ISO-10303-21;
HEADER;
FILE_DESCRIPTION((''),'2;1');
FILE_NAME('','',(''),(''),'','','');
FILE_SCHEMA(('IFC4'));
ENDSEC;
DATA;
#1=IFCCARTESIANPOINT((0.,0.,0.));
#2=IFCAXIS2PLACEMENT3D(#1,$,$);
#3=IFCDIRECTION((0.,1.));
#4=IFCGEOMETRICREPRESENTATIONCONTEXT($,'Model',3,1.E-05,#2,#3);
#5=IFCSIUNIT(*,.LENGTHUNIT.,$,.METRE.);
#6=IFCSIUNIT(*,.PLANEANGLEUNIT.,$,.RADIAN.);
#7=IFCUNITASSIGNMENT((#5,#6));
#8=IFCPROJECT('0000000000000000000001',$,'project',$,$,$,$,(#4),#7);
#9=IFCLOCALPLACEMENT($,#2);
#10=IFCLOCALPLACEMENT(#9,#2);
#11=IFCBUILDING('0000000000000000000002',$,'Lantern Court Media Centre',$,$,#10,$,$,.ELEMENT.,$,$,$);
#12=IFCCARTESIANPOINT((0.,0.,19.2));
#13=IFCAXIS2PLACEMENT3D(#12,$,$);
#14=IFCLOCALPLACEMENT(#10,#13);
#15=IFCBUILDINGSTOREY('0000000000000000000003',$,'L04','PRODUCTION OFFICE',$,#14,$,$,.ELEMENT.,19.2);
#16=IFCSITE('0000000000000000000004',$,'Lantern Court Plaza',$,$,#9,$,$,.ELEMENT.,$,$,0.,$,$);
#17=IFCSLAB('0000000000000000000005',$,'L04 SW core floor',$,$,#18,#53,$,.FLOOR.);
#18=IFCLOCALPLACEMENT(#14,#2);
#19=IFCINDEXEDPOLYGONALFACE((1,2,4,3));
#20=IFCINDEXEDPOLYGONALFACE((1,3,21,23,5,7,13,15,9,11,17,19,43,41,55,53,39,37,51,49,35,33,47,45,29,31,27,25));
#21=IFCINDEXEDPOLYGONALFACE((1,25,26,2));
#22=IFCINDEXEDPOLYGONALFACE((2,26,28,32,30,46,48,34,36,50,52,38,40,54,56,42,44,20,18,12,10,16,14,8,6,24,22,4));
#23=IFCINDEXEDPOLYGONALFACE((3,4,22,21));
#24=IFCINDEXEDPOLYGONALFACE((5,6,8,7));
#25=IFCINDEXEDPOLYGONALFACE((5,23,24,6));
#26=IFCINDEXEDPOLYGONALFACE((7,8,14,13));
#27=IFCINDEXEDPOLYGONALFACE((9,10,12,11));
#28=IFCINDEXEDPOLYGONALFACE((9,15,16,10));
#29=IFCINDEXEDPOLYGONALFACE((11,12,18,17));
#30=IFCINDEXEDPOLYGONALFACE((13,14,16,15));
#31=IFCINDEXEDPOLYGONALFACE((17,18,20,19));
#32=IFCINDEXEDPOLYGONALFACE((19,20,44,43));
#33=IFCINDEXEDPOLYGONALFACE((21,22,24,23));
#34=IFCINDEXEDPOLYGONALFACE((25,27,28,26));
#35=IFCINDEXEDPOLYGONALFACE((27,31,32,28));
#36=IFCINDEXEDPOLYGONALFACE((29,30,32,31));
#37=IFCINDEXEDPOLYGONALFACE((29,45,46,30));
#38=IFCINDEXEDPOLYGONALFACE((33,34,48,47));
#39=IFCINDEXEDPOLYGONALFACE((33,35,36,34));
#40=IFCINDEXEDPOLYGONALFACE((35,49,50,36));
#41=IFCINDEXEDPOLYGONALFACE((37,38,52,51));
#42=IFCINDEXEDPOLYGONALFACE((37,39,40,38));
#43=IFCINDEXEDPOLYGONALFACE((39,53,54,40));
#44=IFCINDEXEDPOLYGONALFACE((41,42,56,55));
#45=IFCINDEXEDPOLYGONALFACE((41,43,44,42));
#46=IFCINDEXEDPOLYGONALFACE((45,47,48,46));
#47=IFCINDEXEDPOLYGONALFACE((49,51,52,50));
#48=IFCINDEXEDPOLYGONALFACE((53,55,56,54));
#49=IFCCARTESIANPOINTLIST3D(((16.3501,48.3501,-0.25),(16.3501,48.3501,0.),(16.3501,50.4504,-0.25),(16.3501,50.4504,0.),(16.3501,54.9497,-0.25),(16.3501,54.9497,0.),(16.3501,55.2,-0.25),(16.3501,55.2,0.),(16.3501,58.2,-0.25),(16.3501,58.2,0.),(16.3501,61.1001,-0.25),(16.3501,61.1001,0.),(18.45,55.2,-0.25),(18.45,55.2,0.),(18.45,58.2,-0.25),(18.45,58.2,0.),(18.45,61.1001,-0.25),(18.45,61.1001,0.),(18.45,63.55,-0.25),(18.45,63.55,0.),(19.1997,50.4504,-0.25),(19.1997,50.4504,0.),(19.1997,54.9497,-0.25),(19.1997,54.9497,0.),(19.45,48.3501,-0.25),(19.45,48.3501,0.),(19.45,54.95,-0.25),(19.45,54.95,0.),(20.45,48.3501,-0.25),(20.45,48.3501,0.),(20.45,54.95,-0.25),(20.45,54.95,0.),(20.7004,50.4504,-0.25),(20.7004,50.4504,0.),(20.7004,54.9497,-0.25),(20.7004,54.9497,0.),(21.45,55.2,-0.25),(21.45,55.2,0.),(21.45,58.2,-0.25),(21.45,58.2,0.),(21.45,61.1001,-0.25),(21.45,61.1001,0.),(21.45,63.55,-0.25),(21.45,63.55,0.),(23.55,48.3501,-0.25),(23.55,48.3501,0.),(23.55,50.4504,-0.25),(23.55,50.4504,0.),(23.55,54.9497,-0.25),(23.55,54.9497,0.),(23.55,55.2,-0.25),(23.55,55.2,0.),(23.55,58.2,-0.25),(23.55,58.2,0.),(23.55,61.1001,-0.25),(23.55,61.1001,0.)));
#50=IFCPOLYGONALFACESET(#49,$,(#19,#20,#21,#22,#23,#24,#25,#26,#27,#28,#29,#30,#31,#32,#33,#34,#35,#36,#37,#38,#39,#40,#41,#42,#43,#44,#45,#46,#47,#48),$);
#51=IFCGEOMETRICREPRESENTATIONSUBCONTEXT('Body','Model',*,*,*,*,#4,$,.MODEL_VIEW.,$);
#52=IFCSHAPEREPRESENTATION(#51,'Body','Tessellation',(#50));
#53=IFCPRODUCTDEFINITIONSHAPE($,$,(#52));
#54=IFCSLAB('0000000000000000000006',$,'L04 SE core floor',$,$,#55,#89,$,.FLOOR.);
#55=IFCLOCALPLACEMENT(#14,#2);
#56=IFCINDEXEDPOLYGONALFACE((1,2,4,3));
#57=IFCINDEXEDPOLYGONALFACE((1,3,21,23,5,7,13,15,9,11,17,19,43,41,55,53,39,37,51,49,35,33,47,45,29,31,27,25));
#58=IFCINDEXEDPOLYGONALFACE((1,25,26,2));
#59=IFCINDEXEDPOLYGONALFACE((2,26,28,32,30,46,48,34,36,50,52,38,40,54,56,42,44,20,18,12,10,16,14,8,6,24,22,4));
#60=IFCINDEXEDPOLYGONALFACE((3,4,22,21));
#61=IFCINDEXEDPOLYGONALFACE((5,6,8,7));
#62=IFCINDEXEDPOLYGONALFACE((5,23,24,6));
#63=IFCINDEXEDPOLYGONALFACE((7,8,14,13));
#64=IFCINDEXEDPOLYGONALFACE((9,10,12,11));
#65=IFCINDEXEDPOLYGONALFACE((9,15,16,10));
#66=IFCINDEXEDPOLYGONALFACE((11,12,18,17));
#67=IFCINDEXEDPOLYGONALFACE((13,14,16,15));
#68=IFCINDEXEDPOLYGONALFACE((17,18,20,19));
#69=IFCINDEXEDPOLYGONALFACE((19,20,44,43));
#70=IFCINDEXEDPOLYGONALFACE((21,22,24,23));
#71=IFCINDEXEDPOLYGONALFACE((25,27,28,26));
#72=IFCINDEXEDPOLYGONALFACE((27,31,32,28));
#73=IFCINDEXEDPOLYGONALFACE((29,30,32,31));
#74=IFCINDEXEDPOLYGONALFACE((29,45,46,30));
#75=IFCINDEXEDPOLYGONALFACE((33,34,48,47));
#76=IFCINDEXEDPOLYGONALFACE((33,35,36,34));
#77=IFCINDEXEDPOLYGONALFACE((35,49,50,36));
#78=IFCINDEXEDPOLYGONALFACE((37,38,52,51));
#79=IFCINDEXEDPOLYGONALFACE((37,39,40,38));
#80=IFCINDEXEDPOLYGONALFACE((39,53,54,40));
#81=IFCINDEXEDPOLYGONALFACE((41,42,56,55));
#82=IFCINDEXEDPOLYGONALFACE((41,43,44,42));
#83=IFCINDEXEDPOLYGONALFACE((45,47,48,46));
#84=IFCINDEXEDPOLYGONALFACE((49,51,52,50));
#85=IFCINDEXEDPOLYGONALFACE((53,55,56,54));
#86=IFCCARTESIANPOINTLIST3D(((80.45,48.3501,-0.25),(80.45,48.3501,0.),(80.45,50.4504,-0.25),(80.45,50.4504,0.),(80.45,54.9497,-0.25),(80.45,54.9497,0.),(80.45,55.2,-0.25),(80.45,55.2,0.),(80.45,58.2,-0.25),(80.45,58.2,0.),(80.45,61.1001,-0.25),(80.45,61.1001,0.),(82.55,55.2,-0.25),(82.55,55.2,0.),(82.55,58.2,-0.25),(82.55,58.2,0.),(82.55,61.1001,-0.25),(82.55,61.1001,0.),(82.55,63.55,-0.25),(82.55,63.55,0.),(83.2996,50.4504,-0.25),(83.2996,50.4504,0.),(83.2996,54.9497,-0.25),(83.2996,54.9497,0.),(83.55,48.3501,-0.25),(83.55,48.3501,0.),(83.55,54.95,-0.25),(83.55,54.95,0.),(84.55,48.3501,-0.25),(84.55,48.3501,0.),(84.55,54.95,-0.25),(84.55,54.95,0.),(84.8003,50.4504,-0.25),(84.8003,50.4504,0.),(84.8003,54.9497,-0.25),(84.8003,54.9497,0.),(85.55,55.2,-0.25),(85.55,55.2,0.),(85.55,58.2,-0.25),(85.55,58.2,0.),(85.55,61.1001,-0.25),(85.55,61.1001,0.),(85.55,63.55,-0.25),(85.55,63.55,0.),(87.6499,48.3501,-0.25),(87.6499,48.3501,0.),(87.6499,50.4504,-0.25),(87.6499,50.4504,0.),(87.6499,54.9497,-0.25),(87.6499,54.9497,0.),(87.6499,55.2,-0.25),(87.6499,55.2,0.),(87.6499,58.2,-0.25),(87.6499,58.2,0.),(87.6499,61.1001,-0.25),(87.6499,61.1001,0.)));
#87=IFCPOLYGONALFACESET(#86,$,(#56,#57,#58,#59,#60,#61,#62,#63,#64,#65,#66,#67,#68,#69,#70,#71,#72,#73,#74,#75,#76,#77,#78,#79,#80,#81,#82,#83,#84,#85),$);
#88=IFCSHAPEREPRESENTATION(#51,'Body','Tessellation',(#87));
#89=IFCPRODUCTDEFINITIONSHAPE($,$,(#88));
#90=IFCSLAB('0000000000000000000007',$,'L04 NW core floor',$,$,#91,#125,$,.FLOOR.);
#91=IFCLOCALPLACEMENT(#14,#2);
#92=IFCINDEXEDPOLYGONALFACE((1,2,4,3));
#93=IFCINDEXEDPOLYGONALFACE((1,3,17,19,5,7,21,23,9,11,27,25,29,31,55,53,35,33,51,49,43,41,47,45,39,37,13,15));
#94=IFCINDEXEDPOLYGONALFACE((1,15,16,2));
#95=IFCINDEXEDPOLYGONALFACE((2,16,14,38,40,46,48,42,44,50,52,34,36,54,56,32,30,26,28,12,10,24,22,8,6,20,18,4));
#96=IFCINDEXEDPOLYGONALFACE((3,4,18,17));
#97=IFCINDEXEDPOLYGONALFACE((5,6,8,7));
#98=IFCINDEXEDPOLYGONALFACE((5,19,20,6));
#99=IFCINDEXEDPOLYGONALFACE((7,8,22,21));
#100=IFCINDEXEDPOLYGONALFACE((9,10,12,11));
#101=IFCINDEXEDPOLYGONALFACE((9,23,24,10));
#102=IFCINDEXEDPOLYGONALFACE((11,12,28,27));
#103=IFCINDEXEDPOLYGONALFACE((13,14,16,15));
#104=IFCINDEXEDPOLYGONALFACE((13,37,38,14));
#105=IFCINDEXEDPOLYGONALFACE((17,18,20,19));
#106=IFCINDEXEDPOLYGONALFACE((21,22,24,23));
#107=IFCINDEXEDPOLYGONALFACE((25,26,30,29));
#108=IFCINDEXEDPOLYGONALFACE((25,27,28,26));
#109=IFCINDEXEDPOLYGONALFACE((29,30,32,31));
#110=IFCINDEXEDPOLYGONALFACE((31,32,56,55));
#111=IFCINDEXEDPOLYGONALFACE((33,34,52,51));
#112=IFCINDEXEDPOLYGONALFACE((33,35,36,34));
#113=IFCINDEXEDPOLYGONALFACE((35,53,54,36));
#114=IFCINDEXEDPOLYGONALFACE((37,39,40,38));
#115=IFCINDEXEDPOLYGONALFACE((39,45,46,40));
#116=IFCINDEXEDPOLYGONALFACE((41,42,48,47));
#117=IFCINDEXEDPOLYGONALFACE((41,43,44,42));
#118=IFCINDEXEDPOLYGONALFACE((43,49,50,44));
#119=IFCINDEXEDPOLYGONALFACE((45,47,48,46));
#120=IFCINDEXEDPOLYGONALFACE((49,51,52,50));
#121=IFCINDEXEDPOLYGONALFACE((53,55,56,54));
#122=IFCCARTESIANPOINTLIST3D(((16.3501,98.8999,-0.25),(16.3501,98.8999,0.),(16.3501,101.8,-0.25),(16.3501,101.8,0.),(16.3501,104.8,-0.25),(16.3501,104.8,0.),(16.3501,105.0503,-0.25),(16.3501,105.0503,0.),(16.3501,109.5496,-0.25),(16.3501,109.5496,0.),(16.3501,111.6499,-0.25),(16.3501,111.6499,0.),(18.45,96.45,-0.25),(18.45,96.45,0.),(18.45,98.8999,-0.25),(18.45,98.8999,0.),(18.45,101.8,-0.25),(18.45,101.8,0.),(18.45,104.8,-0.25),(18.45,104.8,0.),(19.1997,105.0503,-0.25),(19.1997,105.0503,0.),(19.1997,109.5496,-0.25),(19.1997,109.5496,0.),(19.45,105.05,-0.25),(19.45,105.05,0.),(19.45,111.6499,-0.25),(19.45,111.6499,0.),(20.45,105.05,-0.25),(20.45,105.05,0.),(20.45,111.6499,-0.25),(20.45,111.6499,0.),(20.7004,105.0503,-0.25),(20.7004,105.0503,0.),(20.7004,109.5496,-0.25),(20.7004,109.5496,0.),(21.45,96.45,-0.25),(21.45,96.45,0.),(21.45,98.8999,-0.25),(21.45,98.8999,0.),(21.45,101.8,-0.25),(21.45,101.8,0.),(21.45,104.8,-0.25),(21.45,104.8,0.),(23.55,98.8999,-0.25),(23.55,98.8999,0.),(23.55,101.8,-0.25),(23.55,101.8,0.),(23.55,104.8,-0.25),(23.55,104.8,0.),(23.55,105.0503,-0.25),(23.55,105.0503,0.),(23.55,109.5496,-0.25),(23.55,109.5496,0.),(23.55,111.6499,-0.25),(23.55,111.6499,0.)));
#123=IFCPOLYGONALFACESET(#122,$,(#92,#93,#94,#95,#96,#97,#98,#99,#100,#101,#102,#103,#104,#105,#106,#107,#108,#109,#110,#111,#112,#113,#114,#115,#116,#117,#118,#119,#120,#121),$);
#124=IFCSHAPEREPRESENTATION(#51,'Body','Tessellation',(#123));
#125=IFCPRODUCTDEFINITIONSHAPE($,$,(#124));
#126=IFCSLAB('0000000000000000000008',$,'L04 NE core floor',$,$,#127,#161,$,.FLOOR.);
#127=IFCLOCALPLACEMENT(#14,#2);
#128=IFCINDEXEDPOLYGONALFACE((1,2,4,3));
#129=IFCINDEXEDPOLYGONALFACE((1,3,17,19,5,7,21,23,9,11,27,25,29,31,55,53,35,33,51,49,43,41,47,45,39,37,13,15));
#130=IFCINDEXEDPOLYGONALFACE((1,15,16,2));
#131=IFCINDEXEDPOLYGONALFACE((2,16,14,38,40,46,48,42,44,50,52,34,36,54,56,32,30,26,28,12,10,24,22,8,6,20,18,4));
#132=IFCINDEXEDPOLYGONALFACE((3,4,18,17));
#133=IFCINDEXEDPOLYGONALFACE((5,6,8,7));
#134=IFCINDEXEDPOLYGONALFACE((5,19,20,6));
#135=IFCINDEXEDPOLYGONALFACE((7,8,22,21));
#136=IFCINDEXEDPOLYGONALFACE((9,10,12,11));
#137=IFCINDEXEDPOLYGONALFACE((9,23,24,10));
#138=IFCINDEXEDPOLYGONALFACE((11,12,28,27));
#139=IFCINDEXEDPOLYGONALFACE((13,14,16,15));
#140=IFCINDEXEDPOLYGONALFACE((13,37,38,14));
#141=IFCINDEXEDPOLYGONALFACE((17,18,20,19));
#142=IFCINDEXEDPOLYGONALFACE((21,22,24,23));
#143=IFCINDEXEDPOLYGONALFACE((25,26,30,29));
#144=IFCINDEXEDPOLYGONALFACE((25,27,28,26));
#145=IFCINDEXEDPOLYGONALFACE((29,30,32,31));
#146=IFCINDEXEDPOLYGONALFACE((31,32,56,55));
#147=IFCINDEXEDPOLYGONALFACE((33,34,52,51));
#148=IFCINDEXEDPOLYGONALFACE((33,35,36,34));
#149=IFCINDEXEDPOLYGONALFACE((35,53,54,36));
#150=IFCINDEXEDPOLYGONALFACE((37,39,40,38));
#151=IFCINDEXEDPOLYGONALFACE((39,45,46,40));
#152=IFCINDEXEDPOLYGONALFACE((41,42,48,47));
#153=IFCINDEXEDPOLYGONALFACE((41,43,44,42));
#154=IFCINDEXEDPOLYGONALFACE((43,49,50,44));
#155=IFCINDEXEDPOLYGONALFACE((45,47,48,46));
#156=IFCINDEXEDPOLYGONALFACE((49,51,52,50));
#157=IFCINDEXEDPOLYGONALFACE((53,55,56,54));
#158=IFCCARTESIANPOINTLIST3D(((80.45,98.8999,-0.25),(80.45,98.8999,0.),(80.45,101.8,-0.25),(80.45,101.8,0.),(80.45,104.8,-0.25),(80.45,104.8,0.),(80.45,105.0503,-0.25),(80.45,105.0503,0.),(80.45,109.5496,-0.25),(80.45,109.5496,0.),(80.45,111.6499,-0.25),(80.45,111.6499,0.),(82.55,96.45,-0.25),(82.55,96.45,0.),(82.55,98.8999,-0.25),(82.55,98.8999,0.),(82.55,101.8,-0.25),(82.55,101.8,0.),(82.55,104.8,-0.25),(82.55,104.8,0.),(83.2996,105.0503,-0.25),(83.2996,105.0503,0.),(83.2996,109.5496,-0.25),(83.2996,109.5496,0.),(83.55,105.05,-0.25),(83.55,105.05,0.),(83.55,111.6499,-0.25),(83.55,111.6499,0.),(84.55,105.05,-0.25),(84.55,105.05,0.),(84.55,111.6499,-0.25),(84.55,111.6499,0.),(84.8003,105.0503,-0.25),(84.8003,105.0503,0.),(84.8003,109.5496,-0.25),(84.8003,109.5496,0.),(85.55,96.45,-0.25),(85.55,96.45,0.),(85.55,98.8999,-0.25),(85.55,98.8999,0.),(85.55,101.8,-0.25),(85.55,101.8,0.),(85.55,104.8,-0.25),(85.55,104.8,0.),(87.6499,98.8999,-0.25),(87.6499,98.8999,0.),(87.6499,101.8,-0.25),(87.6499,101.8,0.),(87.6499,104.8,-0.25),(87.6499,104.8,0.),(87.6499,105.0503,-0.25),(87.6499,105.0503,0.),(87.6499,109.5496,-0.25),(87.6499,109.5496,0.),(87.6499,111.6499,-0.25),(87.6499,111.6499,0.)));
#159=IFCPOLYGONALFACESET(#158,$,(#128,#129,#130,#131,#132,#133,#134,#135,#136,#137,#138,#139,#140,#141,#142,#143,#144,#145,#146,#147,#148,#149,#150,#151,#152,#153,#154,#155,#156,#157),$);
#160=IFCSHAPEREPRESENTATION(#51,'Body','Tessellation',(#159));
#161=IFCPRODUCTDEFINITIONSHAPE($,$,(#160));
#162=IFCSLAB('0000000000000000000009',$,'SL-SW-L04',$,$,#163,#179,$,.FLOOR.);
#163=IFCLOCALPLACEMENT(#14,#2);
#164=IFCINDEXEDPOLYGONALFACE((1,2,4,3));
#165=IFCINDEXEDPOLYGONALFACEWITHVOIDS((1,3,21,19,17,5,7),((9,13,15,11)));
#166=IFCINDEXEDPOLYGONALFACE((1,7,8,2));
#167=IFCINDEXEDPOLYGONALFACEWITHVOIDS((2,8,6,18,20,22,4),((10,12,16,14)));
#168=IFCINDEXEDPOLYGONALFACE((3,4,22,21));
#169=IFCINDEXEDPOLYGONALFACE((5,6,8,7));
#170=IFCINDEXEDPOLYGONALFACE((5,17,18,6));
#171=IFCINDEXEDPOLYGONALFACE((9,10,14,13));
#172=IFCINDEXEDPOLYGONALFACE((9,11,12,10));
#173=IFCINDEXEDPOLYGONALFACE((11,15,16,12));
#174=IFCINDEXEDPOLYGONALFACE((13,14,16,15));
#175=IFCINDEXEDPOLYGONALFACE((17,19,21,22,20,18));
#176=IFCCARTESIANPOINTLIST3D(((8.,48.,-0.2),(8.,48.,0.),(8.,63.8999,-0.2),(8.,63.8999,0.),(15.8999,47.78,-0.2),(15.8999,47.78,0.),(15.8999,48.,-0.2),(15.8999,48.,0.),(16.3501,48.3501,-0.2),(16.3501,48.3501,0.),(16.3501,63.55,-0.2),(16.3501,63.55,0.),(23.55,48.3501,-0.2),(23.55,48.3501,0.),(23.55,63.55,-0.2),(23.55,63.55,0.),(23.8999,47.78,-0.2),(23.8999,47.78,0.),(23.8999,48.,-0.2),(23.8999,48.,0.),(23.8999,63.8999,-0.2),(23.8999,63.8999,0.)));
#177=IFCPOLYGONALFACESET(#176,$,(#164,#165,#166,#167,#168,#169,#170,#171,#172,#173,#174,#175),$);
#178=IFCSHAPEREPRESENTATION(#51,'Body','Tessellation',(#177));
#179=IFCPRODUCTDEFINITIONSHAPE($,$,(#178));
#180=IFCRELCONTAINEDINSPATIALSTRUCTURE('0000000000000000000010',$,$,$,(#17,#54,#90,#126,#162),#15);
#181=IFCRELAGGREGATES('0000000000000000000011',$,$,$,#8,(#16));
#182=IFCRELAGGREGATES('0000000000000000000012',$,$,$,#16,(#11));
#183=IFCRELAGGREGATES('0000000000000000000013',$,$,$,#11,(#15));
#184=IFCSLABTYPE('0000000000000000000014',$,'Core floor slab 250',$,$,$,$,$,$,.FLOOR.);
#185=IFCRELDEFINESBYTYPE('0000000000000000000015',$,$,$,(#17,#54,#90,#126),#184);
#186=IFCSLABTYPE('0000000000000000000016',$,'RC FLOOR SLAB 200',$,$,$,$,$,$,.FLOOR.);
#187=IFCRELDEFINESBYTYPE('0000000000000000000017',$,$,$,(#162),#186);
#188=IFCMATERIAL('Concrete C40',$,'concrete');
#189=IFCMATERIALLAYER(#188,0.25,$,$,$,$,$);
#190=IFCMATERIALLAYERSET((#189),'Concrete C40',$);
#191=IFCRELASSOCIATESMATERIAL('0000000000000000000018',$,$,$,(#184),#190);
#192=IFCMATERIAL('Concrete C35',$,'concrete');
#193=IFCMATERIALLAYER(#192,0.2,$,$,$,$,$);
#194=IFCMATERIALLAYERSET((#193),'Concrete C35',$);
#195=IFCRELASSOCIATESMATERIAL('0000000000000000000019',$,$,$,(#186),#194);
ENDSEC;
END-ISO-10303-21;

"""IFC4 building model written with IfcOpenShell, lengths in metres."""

from ifc_helpers import new_model, si_unit, direction, frame, origin, place, context, subcontext, project, spatial, polyline, outline, extrude, material, layer, layer_set, type_object, element, save


model = new_model("IFC4")

# Units and contexts
model_context = context("Model", 3, precision=1e-05, world=origin(), true_north=direction((0.0, 1.0)))
body_context = subcontext(model_context, "Body", "Model", "MODEL_VIEW")
ifc_project = project(units=[si_unit("LENGTHUNIT", "METRE"), si_unit("PLANEANGLEUNIT", "RADIAN")], contexts=[model_context])

# Site, building, storey
site_placement = place(None, origin())
site = spatial("IfcSite", under=ifc_project, at=site_placement, Name="Lantern Court Plaza", CompositionType="ELEMENT", RefElevation=0.0)
building_placement = place(site_placement, origin())
building = spatial("IfcBuilding", under=site, at=building_placement, Name="Lantern Court Media Centre", CompositionType="ELEMENT")
storey_placement = place(building_placement, frame((0.0, 0.0, 19.2)))
storey = spatial("IfcBuildingStorey", under=building, at=storey_placement, Name="L04", Description="PRODUCTION OFFICE", CompositionType="ELEMENT", Elevation=19.2)

# Slabs
ifc_material_1 = material(Name="Concrete C40", Category="concrete")
ifc_layer_1 = layer(ifc_material_1, 0.25)
ifc_layer_set_1 = layer_set([ifc_layer_1], Name="Concrete C40")
slab_type_1 = type_object("IfcSlabType", Name="Core floor slab 250", PredefinedType="FLOOR", material=ifc_layer_set_1)
slab_1_placement = place(storey_placement, frame((0.0, 0.0, -0.25)))
element("IfcSlab", 1, at=slab_1_placement, inside=storey, type_object=slab_type_1, Name="L04 SW core floor", PredefinedType="FLOOR", context=body_context, shape_type="SweptSolid", body=[
    extrude(outline(polyline([(16.3501, 58.2), (16.3501, 61.1001), (18.45, 61.1001), (18.45, 63.55), (21.45, 63.55), (21.45, 61.1001), (23.55, 61.1001), (23.55, 58.2), (21.45, 58.2), (21.45, 55.2), (23.55, 55.2), (23.55, 54.9497), (20.7004, 54.9497), (20.7004, 50.4504), (23.55, 50.4504), (23.55, 48.3501), (20.45, 48.3501), (20.45, 54.95), (19.45, 54.95), (19.45, 48.3501), (16.3501, 48.3501), (16.3501, 50.4504), (19.1997, 50.4504), (19.1997, 54.9497), (16.3501, 54.9497), (16.3501, 55.2), (18.45, 55.2), (18.45, 58.2), (16.3501, 58.2)])), origin(), (0.0, 0.0, 1.0), 0.25),
])
slab_2_placement = place(storey_placement, frame((0.0, 0.0, -0.25)))
element("IfcSlab", 2, at=slab_2_placement, inside=storey, type_object=slab_type_1, Name="L04 SE core floor", PredefinedType="FLOOR", context=body_context, shape_type="SweptSolid", body=[
    extrude(outline(polyline([(87.6499, 55.2), (87.6499, 54.9497), (84.8003, 54.9497), (84.8003, 50.4504), (87.6499, 50.4504), (87.6499, 48.3501), (84.55, 48.3501), (84.55, 54.95), (83.55, 54.95), (83.55, 48.3501), (80.45, 48.3501), (80.45, 50.4504), (83.2996, 50.4504), (83.2996, 54.9497), (80.45, 54.9497), (80.45, 55.2), (82.55, 55.2), (82.55, 58.2), (80.45, 58.2), (80.45, 61.1001), (82.55, 61.1001), (82.55, 63.55), (85.55, 63.55), (85.55, 61.1001), (87.6499, 61.1001), (87.6499, 58.2), (85.55, 58.2), (85.55, 55.2), (87.6499, 55.2)])), origin(), (0.0, 0.0, 1.0), 0.25),
])
slab_3_placement = place(storey_placement, frame((0.0, 0.0, -0.25)))
element("IfcSlab", 3, at=slab_3_placement, inside=storey, type_object=slab_type_1, Name="L04 NW core floor", PredefinedType="FLOOR", context=body_context, shape_type="SweptSolid", body=[
    extrude(outline(polyline([(16.3501, 104.8), (16.3501, 105.0503), (19.1997, 105.0503), (19.1997, 109.5496), (16.3501, 109.5496), (16.3501, 111.6499), (19.45, 111.6499), (19.45, 105.05), (20.45, 105.05), (20.45, 111.6499), (23.55, 111.6499), (23.55, 109.5496), (20.7004, 109.5496), (20.7004, 105.0503), (23.55, 105.0503), (23.55, 104.8), (21.45, 104.8), (21.45, 101.8), (23.55, 101.8), (23.55, 98.8999), (21.45, 98.8999), (21.45, 96.45), (18.45, 96.45), (18.45, 98.8999), (16.3501, 98.8999), (16.3501, 101.8), (18.45, 101.8), (18.45, 104.8), (16.3501, 104.8)])), origin(), (0.0, 0.0, 1.0), 0.25),
])
slab_4_placement = place(storey_placement, frame((0.0, 0.0, -0.25)))
element("IfcSlab", 4, at=slab_4_placement, inside=storey, type_object=slab_type_1, Name="L04 NE core floor", PredefinedType="FLOOR", context=body_context, shape_type="SweptSolid", body=[
    extrude(outline(polyline([(87.6499, 101.8), (87.6499, 98.8999), (85.55, 98.8999), (85.55, 96.45), (82.55, 96.45), (82.55, 98.8999), (80.45, 98.8999), (80.45, 101.8), (82.55, 101.8), (82.55, 104.8), (80.45, 104.8), (80.45, 105.0503), (83.2996, 105.0503), (83.2996, 109.5496), (80.45, 109.5496), (80.45, 111.6499), (83.55, 111.6499), (83.55, 105.05), (84.55, 105.05), (84.55, 111.6499), (87.6499, 111.6499), (87.6499, 109.5496), (84.8003, 109.5496), (84.8003, 105.0503), (87.6499, 105.0503), (87.6499, 104.8), (85.55, 104.8), (85.55, 101.8), (87.6499, 101.8)])), origin(), (0.0, 0.0, 1.0), 0.25),
])
ifc_material_2 = material(Name="Concrete C35", Category="concrete")
ifc_layer_2 = layer(ifc_material_2, 0.2)
ifc_layer_set_2 = layer_set([ifc_layer_2], Name="Concrete C35")
slab_type_2 = type_object("IfcSlabType", Name="RC FLOOR SLAB 200", PredefinedType="FLOOR", material=ifc_layer_set_2)
slab_5_placement = place(storey_placement, frame((0.0, 0.0, -0.2)))
element("IfcSlab", 5, at=slab_5_placement, inside=storey, type_object=slab_type_2, Name="SL-SW-L04", PredefinedType="FLOOR", context=body_context, shape_type="SweptSolid", body=[
    extrude(outline(polyline([(8.0, 63.8999), (23.8999, 63.8999), (23.8999, 48.0), (23.8999, 47.78), (15.8999, 47.78), (15.8999, 48.0), (8.0, 48.0), (8.0, 63.8999)]), holes=[polyline([(16.3501, 63.55), (16.3501, 48.3501), (23.55, 48.3501), (23.55, 63.55), (16.3501, 63.55)])]), origin(), (0.0, 0.0, 1.0), 0.2),
])

save(model, "model.ifc")
